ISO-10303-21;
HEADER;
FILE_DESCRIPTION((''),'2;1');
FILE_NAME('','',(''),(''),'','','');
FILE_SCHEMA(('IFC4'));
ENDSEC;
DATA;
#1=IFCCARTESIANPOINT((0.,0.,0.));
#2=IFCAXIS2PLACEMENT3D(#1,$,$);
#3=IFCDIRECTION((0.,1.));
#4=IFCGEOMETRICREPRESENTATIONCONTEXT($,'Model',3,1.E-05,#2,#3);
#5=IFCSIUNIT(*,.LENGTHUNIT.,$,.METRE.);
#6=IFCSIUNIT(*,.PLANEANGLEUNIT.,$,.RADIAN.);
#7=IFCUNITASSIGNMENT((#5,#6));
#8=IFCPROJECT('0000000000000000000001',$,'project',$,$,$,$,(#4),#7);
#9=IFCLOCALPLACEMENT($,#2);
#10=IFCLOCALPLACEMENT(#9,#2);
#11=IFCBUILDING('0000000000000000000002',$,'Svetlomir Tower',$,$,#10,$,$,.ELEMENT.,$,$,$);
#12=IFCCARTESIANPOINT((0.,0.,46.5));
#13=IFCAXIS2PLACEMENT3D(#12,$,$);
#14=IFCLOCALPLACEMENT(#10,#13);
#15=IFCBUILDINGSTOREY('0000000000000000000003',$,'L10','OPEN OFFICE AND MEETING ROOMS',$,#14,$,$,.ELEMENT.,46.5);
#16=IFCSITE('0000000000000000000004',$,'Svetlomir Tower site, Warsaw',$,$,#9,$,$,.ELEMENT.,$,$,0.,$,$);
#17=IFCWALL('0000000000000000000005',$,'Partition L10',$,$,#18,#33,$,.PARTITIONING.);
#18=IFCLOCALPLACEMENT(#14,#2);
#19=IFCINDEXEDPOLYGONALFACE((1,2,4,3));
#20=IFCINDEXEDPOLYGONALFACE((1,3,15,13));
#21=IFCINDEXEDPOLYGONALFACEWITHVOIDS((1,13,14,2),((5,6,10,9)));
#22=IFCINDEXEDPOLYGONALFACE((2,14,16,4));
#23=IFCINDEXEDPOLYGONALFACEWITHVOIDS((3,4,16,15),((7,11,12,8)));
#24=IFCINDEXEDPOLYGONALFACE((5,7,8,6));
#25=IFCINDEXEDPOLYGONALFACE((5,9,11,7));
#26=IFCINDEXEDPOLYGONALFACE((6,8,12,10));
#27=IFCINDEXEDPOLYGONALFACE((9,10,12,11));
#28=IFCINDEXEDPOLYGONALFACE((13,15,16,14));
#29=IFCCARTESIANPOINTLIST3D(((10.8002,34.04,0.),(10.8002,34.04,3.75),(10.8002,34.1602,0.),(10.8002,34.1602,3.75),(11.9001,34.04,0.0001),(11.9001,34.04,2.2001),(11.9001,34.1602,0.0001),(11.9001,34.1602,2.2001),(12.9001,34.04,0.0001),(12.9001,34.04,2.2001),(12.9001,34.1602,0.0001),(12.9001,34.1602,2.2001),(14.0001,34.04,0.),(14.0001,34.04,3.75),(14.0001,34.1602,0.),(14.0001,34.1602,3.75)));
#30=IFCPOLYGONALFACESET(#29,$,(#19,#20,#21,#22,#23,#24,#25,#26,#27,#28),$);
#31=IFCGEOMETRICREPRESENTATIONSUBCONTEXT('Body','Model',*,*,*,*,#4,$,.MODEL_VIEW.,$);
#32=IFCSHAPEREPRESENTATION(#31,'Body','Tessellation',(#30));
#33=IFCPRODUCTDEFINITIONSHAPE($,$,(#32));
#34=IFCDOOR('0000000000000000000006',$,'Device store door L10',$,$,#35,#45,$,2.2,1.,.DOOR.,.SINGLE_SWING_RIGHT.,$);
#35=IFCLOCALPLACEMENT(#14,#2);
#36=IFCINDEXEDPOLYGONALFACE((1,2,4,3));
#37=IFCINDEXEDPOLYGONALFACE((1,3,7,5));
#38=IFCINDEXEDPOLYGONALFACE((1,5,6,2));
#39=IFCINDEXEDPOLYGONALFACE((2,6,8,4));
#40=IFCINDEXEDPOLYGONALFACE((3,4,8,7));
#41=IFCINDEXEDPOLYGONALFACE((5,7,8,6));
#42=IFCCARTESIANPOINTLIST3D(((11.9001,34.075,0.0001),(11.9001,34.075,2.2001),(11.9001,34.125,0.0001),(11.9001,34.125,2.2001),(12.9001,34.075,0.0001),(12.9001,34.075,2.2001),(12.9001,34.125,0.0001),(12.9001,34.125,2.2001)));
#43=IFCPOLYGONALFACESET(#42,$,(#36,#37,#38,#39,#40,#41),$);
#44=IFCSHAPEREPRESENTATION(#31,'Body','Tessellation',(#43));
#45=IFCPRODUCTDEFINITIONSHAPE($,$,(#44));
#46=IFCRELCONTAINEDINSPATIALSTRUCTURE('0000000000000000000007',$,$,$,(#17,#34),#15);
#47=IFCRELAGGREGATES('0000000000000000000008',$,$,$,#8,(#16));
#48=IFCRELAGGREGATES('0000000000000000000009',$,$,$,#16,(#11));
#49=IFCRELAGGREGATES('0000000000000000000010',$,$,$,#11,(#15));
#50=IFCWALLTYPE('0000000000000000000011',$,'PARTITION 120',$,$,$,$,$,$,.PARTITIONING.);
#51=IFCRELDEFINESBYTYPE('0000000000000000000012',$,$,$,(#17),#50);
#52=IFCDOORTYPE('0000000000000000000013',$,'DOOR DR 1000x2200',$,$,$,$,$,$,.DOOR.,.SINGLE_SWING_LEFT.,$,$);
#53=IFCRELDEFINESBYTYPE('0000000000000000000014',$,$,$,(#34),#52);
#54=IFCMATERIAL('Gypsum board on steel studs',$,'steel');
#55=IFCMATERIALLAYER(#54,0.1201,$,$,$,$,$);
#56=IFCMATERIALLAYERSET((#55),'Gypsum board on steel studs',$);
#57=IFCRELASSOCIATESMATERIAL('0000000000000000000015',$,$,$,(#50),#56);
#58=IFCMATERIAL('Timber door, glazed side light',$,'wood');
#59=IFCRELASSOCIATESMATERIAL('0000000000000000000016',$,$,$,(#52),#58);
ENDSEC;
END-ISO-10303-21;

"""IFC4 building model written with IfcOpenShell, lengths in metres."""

from ifc_helpers import new_model, si_unit, direction, frame, frame_2d, origin, place, context, subcontext, project, spatial, rectangle, extrude, material, layer, layer_set, type_object, element, fill, save


model = new_model("IFC4")

# Units and contexts
model_context = context("Model", 3, precision=1e-05, world=origin(), true_north=direction((0.0, 1.0)))
body_context = subcontext(model_context, "Body", "Model", "MODEL_VIEW")
ifc_project = project(units=[si_unit("LENGTHUNIT", "METRE"), si_unit("PLANEANGLEUNIT", "RADIAN")], contexts=[model_context])

# Site, building, storey
site_placement = place(None, origin())
site = spatial("IfcSite", under=ifc_project, at=site_placement, Name="Svetlomir Tower site, Warsaw", CompositionType="ELEMENT", RefElevation=0.0)
building_placement = place(site_placement, origin())
building = spatial("IfcBuilding", under=site, at=building_placement, Name="Svetlomir Tower", CompositionType="ELEMENT")
storey_placement = place(building_placement, frame((0.0, 0.0, 46.5)))
storey = spatial("IfcBuildingStorey", under=building, at=storey_placement, Name="L10", Description="OPEN OFFICE AND MEETING ROOMS", CompositionType="ELEMENT", Elevation=46.5)

# Shared definitions
ifc_material_1 = material(Name="Gypsum board on steel studs", Category="steel")
ifc_layer_1 = layer(ifc_material_1, 0.1201)
ifc_layer_set_1 = layer_set([ifc_layer_1], Name="Gypsum board on steel studs")
wall_type_1 = type_object("IfcWallType", Name="PARTITION 120", PredefinedType="PARTITIONING", material=ifc_layer_set_1)

# Shared definitions
ifc_material_2 = material(Name="Timber door, glazed side light", Category="wood")
door_type_1 = type_object("IfcDoorType", Name="DOOR DR 1000x2200", OperationType="SINGLE_SWING_LEFT", PredefinedType="DOOR", material=ifc_material_2)

# Wall, opening, door
wall_1_placement = place(storey_placement, frame((10.8, 34.1001, 0.0), z_axis=(0.0, 0.0, 1.0), x_axis=(1.0, 0.0, 0.0)))
wall_1 = element("IfcWall", 1, at=wall_1_placement, inside=storey, type_object=wall_type_1, Name="Partition L10", PredefinedType="PARTITIONING", context=body_context, shape_type="SweptSolid", body=[
    extrude(rectangle(XDim=3.2, YDim=0.1201, at=frame_2d((1.6001, 0.0))), origin(), (0.0, 0.0, 1.0), 3.75),
])
opening_1_placement = place(wall_1_placement, frame((1.1001, 0.0, 0.0)))
opening_1 = element("IfcOpeningElement", 2, at=opening_1_placement, cuts=wall_1, PredefinedType="OPENING", context=body_context, shape_type="SweptSolid", body=[
    extrude(rectangle(XDim=1.0, YDim=2.2, at=frame_2d((0.5, 1.1001))), frame((0.0, 0.0701, 0.0), z_axis=(0.0, -1.0, 0.0), x_axis=(1.0, 0.0, 0.0)), (0.0, 0.0, 1.0), 0.1401),
])
door_1_placement = place(opening_1_placement, origin())
door_1 = element("IfcDoor", 3, at=door_1_placement, inside=storey, type_object=door_type_1, Name="Device store door L10", OperationType="SINGLE_SWING_RIGHT", OverallHeight=2.2, OverallWidth=1.0, PredefinedType="DOOR", context=body_context, shape_type="SweptSolid", body=[
    extrude(rectangle(XDim=1.0, YDim=2.2, at=frame_2d((0.5, 1.1001))), frame((0.0, 0.0249, 0.0), z_axis=(0.0, -1.0, 0.0), x_axis=(1.0, 0.0, 0.0)), (0.0, 0.0, 1.0), 0.05),
])
fill(opening_1, door_1)

save(model, "model.ifc")
